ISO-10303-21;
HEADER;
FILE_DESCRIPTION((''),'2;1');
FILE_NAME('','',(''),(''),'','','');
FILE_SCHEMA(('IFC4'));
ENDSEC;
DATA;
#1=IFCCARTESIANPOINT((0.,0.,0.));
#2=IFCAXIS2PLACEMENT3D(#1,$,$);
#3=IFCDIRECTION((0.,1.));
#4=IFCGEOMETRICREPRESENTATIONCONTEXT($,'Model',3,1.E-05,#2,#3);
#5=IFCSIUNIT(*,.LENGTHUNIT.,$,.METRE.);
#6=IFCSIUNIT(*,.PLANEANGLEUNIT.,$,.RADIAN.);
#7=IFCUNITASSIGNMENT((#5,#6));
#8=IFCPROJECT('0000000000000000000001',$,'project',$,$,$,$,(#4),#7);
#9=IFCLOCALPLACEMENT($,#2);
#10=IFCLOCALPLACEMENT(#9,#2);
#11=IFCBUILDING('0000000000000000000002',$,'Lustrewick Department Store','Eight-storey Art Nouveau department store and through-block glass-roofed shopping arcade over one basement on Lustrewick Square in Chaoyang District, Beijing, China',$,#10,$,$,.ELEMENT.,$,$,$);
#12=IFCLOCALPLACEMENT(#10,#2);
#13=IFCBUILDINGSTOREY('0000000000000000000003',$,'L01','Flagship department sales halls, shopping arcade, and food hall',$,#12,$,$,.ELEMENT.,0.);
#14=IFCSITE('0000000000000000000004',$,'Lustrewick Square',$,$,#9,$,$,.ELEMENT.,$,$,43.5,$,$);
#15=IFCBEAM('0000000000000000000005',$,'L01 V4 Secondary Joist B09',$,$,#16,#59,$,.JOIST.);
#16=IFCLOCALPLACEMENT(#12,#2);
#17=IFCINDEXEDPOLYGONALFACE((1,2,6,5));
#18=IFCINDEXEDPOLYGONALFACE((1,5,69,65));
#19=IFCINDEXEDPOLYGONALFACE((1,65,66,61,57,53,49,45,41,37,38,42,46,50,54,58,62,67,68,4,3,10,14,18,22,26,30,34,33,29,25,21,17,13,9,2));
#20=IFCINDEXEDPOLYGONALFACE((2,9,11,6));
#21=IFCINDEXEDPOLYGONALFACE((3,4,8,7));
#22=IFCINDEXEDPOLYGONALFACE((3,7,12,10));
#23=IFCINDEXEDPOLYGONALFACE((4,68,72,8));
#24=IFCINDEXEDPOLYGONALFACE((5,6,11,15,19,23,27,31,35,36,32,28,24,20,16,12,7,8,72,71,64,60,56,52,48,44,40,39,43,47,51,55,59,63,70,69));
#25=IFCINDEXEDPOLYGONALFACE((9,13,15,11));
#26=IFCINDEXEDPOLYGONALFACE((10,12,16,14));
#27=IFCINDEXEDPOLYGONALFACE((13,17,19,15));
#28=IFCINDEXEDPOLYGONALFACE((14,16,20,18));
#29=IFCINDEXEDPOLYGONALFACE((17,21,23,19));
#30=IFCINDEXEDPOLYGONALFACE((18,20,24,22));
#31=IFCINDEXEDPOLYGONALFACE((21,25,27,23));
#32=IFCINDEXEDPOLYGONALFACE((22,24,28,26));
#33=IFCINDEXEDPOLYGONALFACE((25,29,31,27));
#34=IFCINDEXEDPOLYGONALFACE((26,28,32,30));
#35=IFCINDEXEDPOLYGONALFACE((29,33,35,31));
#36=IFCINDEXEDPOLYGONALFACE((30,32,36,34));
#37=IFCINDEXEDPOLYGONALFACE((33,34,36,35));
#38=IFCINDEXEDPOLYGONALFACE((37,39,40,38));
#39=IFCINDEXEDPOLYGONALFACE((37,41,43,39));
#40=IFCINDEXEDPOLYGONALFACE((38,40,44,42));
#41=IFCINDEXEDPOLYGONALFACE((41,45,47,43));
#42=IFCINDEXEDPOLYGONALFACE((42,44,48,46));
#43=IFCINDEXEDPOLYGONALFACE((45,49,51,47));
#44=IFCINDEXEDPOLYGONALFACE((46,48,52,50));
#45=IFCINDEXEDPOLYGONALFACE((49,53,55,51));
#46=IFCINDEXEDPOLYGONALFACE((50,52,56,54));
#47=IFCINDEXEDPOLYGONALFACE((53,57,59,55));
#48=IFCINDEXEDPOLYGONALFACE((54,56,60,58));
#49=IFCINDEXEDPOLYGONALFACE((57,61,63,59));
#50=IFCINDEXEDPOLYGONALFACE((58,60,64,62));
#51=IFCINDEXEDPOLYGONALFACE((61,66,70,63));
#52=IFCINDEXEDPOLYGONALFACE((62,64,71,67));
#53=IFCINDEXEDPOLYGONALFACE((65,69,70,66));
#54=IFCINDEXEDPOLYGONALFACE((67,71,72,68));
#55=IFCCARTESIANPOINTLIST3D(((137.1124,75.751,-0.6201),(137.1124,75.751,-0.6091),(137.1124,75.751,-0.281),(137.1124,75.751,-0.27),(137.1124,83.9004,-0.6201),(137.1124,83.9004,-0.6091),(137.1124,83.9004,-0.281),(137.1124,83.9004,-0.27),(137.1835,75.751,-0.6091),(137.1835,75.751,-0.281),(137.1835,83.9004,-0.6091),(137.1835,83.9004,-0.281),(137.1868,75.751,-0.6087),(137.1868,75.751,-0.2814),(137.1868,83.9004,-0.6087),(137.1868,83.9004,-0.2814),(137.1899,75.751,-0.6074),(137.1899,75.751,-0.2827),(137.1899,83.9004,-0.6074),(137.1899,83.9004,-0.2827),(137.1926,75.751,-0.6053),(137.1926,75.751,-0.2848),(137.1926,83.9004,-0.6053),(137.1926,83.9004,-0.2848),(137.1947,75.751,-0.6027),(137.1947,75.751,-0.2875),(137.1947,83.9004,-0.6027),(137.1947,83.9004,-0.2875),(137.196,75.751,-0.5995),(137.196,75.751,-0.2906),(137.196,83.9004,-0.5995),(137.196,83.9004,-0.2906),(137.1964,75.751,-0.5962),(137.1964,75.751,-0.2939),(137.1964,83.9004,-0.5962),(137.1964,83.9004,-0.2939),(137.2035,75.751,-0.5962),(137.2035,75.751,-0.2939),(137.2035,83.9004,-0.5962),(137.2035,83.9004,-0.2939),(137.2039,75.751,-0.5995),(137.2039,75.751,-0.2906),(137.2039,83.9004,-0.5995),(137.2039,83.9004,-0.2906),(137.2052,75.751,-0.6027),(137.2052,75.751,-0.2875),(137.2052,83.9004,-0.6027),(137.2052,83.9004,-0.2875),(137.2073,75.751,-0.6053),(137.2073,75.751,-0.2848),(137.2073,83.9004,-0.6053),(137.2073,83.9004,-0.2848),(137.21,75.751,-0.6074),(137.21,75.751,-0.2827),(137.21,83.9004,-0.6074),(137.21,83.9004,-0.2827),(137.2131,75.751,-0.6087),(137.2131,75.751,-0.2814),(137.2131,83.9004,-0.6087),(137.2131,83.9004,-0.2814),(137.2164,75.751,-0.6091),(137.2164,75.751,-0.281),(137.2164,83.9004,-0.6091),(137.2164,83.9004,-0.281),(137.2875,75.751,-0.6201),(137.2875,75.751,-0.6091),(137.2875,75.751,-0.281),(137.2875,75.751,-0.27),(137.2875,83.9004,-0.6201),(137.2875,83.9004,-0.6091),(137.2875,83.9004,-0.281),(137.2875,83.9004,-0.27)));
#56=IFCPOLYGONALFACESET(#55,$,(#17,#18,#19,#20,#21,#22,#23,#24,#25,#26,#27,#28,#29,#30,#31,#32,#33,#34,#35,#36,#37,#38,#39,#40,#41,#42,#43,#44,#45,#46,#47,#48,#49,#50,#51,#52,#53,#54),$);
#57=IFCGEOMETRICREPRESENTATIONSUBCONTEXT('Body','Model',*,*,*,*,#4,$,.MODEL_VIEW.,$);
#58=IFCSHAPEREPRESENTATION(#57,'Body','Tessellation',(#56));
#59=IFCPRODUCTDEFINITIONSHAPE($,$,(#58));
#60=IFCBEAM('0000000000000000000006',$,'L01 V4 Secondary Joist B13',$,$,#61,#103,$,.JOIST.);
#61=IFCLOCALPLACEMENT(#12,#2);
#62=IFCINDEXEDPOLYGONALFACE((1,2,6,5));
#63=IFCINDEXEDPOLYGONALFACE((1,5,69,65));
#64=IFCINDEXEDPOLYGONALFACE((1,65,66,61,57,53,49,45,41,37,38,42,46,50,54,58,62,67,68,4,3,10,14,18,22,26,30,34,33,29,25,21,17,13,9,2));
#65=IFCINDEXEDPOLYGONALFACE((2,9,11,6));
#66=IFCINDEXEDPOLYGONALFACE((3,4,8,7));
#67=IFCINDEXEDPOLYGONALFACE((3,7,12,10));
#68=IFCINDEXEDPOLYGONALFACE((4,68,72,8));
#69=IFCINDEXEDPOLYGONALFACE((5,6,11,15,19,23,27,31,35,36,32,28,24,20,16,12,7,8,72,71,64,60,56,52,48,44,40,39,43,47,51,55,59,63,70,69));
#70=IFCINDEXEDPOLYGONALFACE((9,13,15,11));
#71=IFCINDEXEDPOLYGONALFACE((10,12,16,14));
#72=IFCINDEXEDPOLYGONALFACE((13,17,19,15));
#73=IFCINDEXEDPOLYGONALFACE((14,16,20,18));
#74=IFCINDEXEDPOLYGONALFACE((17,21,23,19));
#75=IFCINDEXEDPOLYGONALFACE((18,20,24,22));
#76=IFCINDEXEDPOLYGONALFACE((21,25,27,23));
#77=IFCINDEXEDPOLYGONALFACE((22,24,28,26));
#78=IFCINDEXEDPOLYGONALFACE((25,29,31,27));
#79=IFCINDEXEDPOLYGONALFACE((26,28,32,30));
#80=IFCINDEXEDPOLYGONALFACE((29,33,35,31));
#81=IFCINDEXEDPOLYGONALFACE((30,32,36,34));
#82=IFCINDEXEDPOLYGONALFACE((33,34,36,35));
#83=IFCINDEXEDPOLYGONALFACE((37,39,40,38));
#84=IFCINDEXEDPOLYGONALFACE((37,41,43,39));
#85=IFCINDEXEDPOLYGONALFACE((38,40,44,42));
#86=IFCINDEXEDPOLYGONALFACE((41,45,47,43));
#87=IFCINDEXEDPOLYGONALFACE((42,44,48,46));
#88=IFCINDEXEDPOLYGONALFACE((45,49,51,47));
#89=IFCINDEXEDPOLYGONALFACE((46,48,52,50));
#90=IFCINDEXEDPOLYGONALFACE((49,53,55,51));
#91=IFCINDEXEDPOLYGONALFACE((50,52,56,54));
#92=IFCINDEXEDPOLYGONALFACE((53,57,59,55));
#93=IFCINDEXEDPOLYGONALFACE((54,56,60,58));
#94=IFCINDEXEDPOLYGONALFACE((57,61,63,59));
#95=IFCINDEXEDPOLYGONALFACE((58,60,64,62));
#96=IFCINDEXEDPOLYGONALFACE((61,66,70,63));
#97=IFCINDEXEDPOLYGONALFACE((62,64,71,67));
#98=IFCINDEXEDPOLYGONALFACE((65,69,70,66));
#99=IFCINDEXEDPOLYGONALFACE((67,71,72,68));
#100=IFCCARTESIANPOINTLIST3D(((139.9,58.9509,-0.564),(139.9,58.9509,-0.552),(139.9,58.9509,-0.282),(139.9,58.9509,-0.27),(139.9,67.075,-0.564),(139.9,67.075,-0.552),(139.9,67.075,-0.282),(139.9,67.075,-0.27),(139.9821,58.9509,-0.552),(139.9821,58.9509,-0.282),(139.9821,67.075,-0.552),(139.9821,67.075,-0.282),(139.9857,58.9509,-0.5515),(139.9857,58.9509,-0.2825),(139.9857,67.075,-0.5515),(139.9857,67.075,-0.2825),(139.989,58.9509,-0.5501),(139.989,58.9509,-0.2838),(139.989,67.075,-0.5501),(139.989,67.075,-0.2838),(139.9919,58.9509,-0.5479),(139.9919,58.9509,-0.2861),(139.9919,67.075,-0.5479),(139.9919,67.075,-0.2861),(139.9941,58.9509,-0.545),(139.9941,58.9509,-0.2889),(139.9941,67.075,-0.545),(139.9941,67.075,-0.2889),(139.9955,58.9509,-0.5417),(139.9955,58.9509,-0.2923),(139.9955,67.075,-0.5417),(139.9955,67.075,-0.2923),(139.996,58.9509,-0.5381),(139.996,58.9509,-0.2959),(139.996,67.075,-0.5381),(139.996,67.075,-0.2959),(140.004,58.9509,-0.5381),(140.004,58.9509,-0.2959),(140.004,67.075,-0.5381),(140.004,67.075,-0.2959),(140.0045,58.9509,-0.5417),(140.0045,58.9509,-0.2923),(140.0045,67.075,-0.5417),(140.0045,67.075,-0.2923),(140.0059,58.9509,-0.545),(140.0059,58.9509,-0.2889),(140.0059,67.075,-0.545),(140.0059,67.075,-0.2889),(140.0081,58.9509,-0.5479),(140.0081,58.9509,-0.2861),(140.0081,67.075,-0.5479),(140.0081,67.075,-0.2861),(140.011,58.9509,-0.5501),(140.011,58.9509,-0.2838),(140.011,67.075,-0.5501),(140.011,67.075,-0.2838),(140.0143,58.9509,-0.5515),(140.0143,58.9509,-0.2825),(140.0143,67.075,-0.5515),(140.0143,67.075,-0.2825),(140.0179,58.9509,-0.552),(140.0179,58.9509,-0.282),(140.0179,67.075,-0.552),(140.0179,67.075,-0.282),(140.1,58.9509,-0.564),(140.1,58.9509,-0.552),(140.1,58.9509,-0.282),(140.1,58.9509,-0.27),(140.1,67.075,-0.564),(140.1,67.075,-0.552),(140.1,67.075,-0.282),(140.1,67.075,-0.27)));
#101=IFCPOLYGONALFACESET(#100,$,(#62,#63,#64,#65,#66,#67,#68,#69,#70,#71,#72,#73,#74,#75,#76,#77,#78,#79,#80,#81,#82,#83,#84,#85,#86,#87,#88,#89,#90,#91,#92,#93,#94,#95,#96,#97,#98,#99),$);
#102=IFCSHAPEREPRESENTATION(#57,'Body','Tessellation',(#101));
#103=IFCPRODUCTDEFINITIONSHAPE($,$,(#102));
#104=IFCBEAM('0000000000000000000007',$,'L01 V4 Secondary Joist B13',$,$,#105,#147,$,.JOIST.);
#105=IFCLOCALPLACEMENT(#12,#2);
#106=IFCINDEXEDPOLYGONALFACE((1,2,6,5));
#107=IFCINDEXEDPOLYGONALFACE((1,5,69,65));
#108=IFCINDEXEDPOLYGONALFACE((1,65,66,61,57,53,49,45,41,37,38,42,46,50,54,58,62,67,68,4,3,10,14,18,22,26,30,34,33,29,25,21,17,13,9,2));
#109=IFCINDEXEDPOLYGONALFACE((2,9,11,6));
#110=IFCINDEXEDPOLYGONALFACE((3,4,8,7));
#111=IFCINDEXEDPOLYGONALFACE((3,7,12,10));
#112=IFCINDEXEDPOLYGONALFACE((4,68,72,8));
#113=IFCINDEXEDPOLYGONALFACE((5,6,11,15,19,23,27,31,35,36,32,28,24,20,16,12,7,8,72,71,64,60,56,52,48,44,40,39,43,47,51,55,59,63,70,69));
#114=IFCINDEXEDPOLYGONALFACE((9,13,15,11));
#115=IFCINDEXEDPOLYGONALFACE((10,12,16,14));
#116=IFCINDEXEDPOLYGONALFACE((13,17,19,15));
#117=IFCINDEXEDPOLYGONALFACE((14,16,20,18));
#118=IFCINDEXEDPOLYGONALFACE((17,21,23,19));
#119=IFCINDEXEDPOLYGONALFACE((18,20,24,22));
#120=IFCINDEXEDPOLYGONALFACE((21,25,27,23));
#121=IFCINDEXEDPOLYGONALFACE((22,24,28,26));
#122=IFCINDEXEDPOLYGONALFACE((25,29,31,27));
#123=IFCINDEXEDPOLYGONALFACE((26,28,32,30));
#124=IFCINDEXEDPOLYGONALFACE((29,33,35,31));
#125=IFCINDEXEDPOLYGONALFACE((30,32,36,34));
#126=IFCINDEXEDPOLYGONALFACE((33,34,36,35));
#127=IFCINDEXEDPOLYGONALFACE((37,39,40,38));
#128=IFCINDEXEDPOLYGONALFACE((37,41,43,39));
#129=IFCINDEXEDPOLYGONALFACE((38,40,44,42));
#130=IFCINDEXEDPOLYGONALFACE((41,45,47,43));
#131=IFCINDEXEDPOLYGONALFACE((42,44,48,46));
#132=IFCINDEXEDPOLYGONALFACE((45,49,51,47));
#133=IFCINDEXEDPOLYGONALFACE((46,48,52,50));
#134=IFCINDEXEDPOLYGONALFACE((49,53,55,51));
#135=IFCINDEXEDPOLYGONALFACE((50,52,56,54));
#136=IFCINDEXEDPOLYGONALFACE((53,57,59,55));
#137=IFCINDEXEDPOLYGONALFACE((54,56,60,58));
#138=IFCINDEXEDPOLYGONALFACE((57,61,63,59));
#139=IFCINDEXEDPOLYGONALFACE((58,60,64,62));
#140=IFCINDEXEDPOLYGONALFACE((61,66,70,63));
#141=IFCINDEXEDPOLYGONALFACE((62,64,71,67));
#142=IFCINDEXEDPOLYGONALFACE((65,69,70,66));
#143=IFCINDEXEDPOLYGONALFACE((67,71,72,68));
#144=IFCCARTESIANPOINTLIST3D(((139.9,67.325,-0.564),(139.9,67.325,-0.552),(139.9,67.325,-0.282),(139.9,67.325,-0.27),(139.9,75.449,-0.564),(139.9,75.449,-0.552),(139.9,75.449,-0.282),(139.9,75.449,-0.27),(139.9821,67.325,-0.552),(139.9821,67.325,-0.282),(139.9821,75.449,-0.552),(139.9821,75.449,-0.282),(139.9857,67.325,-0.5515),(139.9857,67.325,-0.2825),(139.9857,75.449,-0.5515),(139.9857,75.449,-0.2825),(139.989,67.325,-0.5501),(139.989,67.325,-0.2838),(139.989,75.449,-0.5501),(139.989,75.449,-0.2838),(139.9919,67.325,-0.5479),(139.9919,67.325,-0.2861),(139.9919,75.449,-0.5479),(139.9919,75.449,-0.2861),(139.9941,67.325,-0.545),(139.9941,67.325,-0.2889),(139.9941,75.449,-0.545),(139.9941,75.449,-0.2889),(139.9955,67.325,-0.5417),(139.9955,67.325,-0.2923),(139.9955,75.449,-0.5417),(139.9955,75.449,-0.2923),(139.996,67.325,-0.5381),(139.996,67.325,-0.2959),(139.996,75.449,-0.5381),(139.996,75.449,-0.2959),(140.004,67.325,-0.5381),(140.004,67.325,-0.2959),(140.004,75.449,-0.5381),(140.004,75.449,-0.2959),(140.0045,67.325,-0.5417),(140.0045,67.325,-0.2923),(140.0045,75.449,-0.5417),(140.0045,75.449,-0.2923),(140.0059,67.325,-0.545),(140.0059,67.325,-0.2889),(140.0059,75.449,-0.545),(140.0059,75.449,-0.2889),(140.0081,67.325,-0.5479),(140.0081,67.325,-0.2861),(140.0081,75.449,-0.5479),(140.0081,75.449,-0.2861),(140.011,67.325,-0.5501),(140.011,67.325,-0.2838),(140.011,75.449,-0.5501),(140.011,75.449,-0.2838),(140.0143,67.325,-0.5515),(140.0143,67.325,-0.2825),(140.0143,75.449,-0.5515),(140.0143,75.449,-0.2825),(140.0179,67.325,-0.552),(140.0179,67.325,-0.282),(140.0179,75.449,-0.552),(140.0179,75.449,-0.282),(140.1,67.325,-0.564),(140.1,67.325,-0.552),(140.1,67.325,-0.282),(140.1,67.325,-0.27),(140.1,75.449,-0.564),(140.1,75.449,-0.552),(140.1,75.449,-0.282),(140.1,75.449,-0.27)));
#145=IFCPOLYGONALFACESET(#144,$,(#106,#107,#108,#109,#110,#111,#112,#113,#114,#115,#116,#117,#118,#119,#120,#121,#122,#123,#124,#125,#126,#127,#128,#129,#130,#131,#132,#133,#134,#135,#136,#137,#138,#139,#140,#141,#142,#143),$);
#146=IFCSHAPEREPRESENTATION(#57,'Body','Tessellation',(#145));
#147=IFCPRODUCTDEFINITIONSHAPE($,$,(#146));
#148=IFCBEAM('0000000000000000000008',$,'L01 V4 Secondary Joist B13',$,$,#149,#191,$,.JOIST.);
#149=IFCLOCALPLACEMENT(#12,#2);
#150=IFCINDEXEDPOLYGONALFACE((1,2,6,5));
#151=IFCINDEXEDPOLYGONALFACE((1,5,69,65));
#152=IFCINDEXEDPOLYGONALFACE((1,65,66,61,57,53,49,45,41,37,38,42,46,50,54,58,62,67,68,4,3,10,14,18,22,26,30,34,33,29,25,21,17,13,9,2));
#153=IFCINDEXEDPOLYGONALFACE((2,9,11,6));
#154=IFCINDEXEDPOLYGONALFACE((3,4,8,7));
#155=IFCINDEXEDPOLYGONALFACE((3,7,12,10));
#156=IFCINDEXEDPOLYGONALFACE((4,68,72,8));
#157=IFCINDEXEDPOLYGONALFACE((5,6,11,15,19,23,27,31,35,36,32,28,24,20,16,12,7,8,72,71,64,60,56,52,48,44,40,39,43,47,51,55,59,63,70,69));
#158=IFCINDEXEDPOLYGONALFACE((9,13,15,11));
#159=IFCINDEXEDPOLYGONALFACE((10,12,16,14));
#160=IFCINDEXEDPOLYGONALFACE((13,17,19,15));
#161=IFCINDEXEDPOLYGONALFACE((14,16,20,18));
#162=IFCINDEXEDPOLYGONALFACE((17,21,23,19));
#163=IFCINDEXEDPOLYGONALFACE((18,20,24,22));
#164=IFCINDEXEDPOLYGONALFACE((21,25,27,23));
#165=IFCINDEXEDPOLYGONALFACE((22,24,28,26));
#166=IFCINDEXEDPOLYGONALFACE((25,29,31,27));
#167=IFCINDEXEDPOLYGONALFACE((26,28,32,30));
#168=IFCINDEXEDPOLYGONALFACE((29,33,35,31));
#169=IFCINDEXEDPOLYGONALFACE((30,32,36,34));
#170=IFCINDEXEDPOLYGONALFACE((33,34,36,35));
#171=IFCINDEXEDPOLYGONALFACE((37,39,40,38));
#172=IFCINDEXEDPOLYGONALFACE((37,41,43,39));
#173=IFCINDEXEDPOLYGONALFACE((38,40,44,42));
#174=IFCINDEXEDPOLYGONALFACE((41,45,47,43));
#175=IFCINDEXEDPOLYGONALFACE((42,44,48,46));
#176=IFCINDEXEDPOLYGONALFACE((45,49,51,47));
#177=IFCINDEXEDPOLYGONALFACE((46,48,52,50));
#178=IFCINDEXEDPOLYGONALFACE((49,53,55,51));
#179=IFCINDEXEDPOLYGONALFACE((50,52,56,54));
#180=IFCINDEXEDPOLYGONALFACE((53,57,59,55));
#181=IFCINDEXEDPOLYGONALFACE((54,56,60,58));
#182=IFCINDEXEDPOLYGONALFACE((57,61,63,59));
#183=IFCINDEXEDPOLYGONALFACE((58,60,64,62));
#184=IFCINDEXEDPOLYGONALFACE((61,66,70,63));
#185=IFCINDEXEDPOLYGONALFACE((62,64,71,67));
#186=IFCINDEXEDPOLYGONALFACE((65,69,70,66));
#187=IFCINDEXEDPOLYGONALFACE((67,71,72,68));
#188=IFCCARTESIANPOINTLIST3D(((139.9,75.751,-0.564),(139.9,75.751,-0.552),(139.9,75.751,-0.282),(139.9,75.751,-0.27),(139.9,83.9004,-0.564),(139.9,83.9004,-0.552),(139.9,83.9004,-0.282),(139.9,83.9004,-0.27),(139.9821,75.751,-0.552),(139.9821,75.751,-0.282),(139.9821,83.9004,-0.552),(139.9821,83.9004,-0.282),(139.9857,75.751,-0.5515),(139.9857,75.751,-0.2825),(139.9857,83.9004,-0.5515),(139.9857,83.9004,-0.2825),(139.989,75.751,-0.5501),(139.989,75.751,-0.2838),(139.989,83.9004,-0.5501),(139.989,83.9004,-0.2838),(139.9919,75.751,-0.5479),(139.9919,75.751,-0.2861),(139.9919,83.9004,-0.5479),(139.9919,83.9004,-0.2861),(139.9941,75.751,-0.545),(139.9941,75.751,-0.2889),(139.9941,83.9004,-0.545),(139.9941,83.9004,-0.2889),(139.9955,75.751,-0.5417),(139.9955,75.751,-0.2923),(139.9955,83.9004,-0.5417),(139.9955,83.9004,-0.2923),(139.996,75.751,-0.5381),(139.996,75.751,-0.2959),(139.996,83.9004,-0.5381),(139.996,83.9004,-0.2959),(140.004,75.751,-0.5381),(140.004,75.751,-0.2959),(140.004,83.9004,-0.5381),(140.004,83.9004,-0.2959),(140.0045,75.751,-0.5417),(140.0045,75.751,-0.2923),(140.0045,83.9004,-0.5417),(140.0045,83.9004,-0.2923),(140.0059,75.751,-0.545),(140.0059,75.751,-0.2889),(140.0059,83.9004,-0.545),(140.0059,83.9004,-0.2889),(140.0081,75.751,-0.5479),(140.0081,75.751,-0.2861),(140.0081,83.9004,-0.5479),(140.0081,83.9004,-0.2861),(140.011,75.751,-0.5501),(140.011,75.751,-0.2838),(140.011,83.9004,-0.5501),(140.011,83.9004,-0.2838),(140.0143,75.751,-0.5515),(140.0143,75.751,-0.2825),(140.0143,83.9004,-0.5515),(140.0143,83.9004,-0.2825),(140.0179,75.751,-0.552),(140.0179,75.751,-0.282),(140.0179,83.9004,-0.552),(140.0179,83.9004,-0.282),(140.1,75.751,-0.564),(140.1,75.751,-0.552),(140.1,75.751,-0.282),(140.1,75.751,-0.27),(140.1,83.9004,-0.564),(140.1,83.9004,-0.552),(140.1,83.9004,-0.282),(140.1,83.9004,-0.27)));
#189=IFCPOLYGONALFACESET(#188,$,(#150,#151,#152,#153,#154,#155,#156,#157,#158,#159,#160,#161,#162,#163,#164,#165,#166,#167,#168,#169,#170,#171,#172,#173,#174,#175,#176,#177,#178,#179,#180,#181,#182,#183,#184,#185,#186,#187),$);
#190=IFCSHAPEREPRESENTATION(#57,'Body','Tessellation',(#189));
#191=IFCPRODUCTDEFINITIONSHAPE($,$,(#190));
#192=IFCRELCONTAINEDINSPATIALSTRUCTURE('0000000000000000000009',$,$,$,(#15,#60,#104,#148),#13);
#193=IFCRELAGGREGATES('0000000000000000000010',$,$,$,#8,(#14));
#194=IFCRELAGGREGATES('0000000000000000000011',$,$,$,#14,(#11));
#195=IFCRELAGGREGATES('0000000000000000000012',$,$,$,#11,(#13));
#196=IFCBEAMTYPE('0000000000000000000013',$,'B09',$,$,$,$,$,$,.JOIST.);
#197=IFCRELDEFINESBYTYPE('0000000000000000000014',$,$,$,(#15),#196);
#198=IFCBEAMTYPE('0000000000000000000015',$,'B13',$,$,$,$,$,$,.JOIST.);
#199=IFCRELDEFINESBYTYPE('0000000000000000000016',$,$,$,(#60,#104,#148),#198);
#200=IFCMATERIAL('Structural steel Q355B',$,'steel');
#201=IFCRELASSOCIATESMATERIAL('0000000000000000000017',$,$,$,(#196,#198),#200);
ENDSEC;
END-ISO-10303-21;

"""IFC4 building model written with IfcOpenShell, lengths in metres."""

from ifc_helpers import new_model, si_unit, direction, frame, origin, origin_2d, place, context, subcontext, project, spatial, i_section, extrude, material, material_profile, profile_set, type_object, element, save


model = new_model("IFC4")

# Units and contexts
model_context = context("Model", 3, precision=1e-05, world=origin(), true_north=direction((0.0, 1.0)))
body_context = subcontext(model_context, "Body", "Model", "MODEL_VIEW")
ifc_project = project(units=[si_unit("LENGTHUNIT", "METRE"), si_unit("PLANEANGLEUNIT", "RADIAN")], contexts=[model_context])

# Site, building, storey
site_placement = place(None, origin())
site = spatial("IfcSite", under=ifc_project, at=site_placement, Name="Lustrewick Square", CompositionType="ELEMENT", RefElevation=43.5)
building_placement = place(site_placement, origin())
building = spatial("IfcBuilding", under=site, at=building_placement, Name="Lustrewick Department Store", Description="Eight-storey Art Nouveau department store and through-block glass-roofed shopping arcade over one basement on Lustrewick Square in Chaoyang District, Beijing, China", CompositionType="ELEMENT")
storey_placement = place(building_placement, origin())
storey = spatial("IfcBuildingStorey", under=building, at=storey_placement, Name="L01", Description="Flagship department sales halls, shopping arcade, and food hall", CompositionType="ELEMENT", Elevation=0.0)

# Shared definitions
ifc_material_1 = material(Name="Structural steel Q355B", Category="steel")

# Beams
ifc_material_profile_1 = material_profile(ifc_material_1, i_section(OverallWidth=0.175, OverallDepth=0.3501, WebThickness=0.0071, FlangeThickness=0.011, FilletRadius=0.0129, at=origin_2d()), Name="HN 350x175x7x11")
ifc_profile_set_1 = profile_set([ifc_material_profile_1], Name="Structural steel Q355B")
beam_type_1 = type_object("IfcBeamType", Name="B09", PredefinedType="JOIST", material=ifc_profile_set_1)
beam_1_placement = place(storey_placement, frame((137.2, 75.751, -0.4451), z_axis=(0.0, 1.0, 0.0), x_axis=(-1.0, 0.0, 0.0)))
element("IfcBeam", 1, at=beam_1_placement, inside=storey, type_object=beam_type_1, Name="L01 V4 Secondary Joist B09", PredefinedType="JOIST", context=body_context, shape_type="SweptSolid", body=[
    extrude(i_section(OverallWidth=0.175, OverallDepth=0.3501, WebThickness=0.0071, FlangeThickness=0.011, FilletRadius=0.0129, at=origin_2d()), origin(), (0.0, 0.0, 1.0), 8.1494),
])
ifc_material_profile_2 = material_profile(ifc_material_1, i_section(OverallWidth=0.2, OverallDepth=0.2939, WebThickness=0.0081, FlangeThickness=0.012, FilletRadius=0.0139, at=origin_2d()), Name="HM 294x200x8x12")
ifc_profile_set_2 = profile_set([ifc_material_profile_2], Name="Structural steel Q355B")
beam_type_2 = type_object("IfcBeamType", Name="B13", PredefinedType="JOIST", material=ifc_profile_set_2)
for number, where, z_axis, x_axis, name in (
    (2, (140.0, 58.9509, -0.417), (0.0, 1.0, 0.0), (-1.0, 0.0, 0.0), "L01 V4 Secondary Joist B13"),
    (3, (140.0, 67.325, -0.417), (0.0, 1.0, 0.0), (-1.0, 0.0, 0.0), "L01 V4 Secondary Joist B13"),
):
    element("IfcBeam", number, at=place(storey_placement, frame(where, z_axis=z_axis, x_axis=x_axis)), inside=storey, type_object=beam_type_2, Name=name, PredefinedType="JOIST", context=body_context, shape_type="SweptSolid", body=[
        extrude(i_section(OverallWidth=0.2, OverallDepth=0.2939, WebThickness=0.0081, FlangeThickness=0.012, FilletRadius=0.0139, at=origin_2d()), origin(), (0.0, 0.0, 1.0), 8.124),
    ])
beam_2_placement = place(storey_placement, frame((140.0, 75.751, -0.417), z_axis=(0.0, 1.0, 0.0), x_axis=(-1.0, 0.0, 0.0)))
element("IfcBeam", 4, at=beam_2_placement, inside=storey, type_object=beam_type_2, Name="L01 V4 Secondary Joist B13", PredefinedType="JOIST", context=body_context, shape_type="SweptSolid", body=[
    extrude(i_section(OverallWidth=0.2, OverallDepth=0.2939, WebThickness=0.0081, FlangeThickness=0.012, FilletRadius=0.0139, at=origin_2d()), origin(), (0.0, 0.0, 1.0), 8.1494),
])

save(model, "model.ifc")
